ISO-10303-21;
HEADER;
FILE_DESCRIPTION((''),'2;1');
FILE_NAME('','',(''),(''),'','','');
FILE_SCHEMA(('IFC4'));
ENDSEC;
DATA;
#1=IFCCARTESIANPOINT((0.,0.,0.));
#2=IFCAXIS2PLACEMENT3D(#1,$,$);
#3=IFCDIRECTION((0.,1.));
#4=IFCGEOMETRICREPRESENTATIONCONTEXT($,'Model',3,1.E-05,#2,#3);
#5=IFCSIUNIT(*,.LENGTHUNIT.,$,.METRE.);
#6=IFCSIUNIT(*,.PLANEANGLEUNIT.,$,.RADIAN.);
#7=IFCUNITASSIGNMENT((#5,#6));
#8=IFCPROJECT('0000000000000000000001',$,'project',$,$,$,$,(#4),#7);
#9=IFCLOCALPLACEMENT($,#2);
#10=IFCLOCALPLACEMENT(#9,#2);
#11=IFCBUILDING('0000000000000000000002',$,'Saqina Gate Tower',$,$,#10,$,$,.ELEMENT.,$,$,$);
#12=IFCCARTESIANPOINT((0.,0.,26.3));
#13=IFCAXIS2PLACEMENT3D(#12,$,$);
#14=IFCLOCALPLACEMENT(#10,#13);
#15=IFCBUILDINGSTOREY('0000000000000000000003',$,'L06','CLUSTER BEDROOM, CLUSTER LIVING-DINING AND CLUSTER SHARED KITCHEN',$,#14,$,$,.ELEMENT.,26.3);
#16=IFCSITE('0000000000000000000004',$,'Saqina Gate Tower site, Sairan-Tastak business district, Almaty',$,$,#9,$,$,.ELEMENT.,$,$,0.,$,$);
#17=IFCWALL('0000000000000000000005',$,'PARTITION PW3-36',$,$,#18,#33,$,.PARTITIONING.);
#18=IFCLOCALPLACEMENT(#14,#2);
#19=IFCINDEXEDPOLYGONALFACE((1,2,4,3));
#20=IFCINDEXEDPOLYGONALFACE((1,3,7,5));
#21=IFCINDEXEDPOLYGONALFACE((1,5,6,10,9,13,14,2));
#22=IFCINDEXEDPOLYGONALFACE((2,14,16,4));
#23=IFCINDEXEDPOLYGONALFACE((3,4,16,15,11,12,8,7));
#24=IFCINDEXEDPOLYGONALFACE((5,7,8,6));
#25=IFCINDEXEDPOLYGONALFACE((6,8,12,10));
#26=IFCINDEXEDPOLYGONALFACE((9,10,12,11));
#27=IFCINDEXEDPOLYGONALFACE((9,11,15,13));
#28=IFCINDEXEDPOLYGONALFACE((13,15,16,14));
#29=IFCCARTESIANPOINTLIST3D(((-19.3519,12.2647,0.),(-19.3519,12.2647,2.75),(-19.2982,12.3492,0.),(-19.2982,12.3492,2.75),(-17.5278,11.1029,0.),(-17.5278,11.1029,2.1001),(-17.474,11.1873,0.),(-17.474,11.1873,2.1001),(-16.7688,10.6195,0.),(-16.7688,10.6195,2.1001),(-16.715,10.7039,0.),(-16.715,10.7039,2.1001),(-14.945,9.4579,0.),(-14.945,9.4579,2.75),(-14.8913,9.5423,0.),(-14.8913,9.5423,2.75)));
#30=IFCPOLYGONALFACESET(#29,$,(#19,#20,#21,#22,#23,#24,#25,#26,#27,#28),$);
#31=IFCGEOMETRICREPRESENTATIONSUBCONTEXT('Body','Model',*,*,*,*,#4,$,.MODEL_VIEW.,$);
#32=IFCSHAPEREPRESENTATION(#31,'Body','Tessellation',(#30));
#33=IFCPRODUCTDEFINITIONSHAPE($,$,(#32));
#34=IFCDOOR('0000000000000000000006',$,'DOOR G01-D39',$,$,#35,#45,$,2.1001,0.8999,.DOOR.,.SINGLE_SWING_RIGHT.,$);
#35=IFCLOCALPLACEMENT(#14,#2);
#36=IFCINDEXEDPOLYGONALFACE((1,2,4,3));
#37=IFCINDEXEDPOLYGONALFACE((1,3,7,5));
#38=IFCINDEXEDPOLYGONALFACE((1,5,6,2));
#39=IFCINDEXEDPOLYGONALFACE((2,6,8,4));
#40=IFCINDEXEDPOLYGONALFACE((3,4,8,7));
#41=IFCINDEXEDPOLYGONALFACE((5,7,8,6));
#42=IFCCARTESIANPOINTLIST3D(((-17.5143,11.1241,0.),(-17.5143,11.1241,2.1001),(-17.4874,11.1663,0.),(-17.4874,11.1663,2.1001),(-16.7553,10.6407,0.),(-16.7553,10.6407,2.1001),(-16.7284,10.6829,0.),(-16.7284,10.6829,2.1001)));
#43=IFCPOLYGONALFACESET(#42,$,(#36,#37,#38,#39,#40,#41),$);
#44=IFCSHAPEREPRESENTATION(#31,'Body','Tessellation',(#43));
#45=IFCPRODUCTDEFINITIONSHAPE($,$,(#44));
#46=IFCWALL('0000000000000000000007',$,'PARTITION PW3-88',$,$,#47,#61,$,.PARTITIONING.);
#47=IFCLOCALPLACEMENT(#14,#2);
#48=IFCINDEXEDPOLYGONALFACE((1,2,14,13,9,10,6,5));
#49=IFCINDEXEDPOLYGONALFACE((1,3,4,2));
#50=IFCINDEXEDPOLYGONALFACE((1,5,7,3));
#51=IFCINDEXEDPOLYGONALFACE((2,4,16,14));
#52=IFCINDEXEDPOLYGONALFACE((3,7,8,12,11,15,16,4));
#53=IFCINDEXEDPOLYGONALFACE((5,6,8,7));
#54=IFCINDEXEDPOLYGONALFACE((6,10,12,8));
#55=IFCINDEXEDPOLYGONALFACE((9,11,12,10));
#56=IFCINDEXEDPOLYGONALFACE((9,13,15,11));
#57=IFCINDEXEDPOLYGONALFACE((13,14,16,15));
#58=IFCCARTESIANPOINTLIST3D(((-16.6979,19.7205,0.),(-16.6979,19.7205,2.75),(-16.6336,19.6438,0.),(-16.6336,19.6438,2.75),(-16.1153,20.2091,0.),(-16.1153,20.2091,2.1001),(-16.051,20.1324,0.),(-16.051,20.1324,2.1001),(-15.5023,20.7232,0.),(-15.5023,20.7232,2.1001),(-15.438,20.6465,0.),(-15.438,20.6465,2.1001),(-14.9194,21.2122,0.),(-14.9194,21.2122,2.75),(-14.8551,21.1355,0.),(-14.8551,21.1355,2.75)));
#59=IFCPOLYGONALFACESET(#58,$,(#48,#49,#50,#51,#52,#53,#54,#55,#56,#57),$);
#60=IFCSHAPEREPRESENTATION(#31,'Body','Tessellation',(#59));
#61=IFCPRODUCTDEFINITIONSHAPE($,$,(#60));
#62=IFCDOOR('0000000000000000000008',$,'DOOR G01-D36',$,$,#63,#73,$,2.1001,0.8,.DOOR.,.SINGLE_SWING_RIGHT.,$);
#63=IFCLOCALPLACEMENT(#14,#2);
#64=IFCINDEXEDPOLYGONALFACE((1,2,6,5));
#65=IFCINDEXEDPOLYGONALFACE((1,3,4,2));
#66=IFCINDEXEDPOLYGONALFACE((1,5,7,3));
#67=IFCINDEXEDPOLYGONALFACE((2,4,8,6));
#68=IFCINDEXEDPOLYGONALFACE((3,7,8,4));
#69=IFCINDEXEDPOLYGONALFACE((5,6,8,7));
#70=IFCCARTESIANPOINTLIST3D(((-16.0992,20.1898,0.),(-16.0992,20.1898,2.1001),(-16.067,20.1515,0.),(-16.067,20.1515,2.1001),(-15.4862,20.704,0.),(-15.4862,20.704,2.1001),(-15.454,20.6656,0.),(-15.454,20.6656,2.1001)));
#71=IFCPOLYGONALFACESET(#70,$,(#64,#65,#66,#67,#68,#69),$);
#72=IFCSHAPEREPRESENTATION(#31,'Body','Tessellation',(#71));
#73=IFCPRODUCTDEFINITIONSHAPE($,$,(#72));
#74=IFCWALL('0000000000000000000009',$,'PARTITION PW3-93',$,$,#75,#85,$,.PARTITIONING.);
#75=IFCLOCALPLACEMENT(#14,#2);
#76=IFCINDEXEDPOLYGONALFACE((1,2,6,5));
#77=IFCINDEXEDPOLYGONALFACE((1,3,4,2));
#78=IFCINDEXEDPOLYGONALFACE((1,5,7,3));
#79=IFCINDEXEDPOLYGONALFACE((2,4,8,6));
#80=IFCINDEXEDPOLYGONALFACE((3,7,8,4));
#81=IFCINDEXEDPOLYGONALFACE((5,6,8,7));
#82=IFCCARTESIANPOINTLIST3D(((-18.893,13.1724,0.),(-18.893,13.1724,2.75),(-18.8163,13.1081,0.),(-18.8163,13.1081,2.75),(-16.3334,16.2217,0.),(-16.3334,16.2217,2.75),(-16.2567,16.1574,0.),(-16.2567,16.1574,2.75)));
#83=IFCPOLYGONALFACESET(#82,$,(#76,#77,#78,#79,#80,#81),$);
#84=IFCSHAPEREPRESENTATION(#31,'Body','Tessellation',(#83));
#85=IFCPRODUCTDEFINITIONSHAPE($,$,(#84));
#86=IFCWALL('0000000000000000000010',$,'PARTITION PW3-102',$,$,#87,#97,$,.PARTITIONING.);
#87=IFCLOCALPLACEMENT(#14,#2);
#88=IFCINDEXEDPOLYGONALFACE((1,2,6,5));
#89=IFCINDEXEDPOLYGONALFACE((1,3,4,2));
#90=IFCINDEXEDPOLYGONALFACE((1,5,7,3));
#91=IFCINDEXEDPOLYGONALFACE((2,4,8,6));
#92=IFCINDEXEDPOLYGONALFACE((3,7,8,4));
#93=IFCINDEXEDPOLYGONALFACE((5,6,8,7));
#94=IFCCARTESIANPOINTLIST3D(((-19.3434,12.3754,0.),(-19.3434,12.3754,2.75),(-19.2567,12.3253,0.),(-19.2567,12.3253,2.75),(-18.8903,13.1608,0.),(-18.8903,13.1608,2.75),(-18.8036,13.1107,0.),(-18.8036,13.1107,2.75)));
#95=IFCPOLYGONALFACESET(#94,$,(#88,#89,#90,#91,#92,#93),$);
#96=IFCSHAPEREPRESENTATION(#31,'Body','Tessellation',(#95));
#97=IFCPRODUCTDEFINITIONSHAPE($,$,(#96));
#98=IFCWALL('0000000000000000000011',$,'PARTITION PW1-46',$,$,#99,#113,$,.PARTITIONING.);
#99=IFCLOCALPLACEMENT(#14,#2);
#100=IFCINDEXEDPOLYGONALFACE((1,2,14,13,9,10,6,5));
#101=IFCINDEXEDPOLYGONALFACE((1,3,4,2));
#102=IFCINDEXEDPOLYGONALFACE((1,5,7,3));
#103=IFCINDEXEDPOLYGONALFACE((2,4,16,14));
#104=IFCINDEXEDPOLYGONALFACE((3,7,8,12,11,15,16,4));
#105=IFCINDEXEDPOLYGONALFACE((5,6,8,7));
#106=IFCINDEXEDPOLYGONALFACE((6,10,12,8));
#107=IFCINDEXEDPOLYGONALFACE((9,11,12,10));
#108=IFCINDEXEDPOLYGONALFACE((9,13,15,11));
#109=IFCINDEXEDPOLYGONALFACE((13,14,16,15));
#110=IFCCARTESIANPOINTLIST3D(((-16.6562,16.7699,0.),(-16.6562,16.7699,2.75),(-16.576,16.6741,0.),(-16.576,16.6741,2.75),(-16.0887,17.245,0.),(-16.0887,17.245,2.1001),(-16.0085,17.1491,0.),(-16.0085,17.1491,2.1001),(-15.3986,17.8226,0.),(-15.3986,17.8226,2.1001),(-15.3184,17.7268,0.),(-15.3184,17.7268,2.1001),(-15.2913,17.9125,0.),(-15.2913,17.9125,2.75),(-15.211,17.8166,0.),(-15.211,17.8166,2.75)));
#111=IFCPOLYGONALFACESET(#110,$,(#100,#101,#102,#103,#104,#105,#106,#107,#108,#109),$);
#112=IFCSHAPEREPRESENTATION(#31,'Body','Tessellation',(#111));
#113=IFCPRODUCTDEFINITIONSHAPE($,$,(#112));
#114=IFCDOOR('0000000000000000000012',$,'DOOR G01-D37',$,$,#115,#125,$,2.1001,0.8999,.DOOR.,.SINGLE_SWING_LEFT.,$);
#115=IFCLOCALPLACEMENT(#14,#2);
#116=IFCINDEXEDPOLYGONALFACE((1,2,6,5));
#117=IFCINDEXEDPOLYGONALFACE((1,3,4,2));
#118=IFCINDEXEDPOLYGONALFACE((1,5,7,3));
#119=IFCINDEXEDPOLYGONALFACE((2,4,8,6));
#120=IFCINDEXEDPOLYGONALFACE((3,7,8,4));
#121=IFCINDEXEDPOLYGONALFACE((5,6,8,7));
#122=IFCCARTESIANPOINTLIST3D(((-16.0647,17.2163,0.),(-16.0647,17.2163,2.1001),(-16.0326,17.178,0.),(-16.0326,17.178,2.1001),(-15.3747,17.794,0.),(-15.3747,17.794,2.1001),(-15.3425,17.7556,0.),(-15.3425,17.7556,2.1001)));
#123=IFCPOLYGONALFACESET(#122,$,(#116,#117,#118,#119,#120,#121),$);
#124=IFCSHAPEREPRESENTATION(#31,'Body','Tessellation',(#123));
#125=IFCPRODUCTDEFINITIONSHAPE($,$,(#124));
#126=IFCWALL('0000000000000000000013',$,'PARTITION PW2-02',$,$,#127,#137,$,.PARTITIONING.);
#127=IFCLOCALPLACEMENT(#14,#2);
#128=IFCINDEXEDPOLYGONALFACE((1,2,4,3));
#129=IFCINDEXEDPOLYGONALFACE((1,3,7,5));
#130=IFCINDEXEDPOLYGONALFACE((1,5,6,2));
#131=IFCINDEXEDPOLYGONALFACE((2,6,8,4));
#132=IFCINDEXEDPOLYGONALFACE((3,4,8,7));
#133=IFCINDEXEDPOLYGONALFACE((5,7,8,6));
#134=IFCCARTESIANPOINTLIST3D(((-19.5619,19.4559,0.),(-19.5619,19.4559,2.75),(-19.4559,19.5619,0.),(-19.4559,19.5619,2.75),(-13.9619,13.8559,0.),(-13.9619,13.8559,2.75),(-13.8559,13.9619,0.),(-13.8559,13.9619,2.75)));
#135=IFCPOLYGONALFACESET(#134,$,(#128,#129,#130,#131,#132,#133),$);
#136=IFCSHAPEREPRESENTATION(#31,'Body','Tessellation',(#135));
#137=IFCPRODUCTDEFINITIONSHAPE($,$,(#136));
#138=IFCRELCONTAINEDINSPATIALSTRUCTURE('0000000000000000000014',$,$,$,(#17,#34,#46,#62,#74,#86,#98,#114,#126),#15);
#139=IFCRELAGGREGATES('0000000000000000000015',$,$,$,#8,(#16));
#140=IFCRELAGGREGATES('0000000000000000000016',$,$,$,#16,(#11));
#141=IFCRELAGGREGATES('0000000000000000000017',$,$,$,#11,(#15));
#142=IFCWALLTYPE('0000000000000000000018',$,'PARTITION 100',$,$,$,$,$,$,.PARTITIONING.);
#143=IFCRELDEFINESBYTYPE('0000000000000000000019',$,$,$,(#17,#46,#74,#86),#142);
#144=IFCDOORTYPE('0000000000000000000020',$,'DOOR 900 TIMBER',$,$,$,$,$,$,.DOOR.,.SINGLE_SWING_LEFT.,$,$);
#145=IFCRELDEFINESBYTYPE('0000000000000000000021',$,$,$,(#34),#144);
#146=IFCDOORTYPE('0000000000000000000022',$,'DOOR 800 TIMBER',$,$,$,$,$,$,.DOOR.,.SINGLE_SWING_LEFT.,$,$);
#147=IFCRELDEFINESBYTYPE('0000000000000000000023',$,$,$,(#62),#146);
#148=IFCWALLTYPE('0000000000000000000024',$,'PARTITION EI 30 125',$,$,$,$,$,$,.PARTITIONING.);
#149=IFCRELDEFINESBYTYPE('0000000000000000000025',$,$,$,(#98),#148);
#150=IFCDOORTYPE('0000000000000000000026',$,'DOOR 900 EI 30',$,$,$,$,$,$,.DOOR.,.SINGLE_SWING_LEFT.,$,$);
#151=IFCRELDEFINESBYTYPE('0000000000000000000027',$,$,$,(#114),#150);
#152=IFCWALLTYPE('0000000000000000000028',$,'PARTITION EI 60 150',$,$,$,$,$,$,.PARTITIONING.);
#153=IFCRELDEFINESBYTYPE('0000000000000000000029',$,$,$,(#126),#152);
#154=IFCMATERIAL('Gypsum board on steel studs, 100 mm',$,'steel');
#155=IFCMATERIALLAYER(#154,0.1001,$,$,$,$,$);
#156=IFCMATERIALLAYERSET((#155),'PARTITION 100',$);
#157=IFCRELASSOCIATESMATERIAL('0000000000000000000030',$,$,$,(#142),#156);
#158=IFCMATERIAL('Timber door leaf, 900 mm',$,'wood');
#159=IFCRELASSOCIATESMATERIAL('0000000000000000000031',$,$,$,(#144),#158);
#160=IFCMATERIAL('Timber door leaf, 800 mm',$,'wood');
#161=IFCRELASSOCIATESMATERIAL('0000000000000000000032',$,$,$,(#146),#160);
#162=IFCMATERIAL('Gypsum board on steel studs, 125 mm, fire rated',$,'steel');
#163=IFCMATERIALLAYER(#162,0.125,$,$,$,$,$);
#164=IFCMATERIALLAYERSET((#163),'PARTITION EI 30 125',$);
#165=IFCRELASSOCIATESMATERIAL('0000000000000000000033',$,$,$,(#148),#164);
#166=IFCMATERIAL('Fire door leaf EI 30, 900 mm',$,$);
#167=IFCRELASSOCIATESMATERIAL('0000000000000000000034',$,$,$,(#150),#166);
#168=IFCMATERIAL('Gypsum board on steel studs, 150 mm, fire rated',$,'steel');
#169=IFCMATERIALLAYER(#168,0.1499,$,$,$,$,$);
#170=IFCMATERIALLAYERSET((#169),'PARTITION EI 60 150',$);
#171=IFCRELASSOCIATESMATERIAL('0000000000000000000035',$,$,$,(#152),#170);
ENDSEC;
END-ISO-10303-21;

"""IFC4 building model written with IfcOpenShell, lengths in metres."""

from ifc_helpers import new_model, si_unit, direction, frame, frame_2d, origin, place, context, subcontext, project, spatial, rectangle, extrude, material, layer, layer_set, type_object, element, fill, save


model = new_model("IFC4")

# Units and contexts
model_context = context("Model", 3, precision=1e-05, world=origin(), true_north=direction((0.0, 1.0)))
body_context = subcontext(model_context, "Body", "Model", "MODEL_VIEW")
ifc_project = project(units=[si_unit("LENGTHUNIT", "METRE"), si_unit("PLANEANGLEUNIT", "RADIAN")], contexts=[model_context])

# Site, building, storey
site_placement = place(None, origin())
site = spatial("IfcSite", under=ifc_project, at=site_placement, Name="Saqina Gate Tower site, Sairan-Tastak business district, Almaty", CompositionType="ELEMENT", RefElevation=0.0)
building_placement = place(site_placement, origin())
building = spatial("IfcBuilding", under=site, at=building_placement, Name="Saqina Gate Tower", CompositionType="ELEMENT")
storey_placement = place(building_placement, frame((0.0, 0.0, 26.3)))
storey = spatial("IfcBuildingStorey", under=building, at=storey_placement, Name="L06", Description="CLUSTER BEDROOM, CLUSTER LIVING-DINING AND CLUSTER SHARED KITCHEN", CompositionType="ELEMENT", Elevation=26.3)

# Shared definitions
ifc_material_1 = material(Name="Gypsum board on steel studs, 100 mm", Category="steel")
ifc_layer_1 = layer(ifc_material_1, 0.1001)
ifc_layer_set_1 = layer_set([ifc_layer_1], Name="PARTITION 100")
wall_type_1 = type_object("IfcWallType", Name="PARTITION 100", PredefinedType="PARTITIONING", material=ifc_layer_set_1)

# Walls, openings, doors
wall_1_placement = place(storey_placement, frame((-19.325, 12.3069, 0.0), z_axis=(0.0, 0.0, 1.0), x_axis=(0.84345, -0.537208, 0.0)))
wall_1 = element("IfcWall", 1, at=wall_1_placement, inside=storey, type_object=wall_type_1, Name="PARTITION PW3-36", PredefinedType="PARTITIONING", context=body_context, shape_type="SweptSolid", body=[
    extrude(rectangle(XDim=5.2249, YDim=0.1001, at=frame_2d((2.6123, 0.0))), origin(), (0.0, 0.0, 1.0), 2.75),
])
opening_1_placement = place(wall_1_placement, frame((2.1626, 0.0, 0.0)))
opening_1 = element("IfcOpeningElement", 2, at=opening_1_placement, cuts=wall_1, PredefinedType="OPENING", context=body_context, shape_type="SweptSolid", body=[
    extrude(rectangle(XDim=0.8999, YDim=2.1001, at=frame_2d((0.45, 1.05))), frame((0.0, 0.062, 0.0), z_axis=(0.0, -1.0, 0.0), x_axis=(1.0, 0.0, 0.0)), (0.0, 0.0, 1.0), 0.124),
])
ifc_material_2 = material(Name="Timber door leaf, 900 mm", Category="wood")
door_type_1 = type_object("IfcDoorType", Name="DOOR 900 TIMBER", OperationType="SINGLE_SWING_LEFT", PredefinedType="DOOR", material=ifc_material_2)
door_1_placement = place(opening_1_placement, frame((0.8999, 0.0, 0.0), z_axis=(0.0, 0.0, 1.0), x_axis=(-1.0, 0.0, 0.0)))
door_1 = element("IfcDoor", 3, at=door_1_placement, inside=storey, type_object=door_type_1, Name="DOOR G01-D39", OperationType="SINGLE_SWING_RIGHT", OverallHeight=2.1001, OverallWidth=0.8999, PredefinedType="DOOR", context=body_context, shape_type="SweptSolid", body=[
    extrude(rectangle(XDim=0.8999, YDim=2.1001, at=frame_2d((0.45, 1.05))), frame((0.0, 0.0249, 0.0), z_axis=(0.0, -1.0, 0.0), x_axis=(1.0, 0.0, 0.0)), (0.0, 0.0, 1.0), 0.05),
])
fill(opening_1, door_1)
wall_2_placement = place(storey_placement, frame((-16.6658, 19.6821, 0.0), z_axis=(0.0, 0.0, 1.0), x_axis=(0.766192, 0.642612, 0.0)))
wall_2 = element("IfcWall", 4, at=wall_2_placement, inside=storey, type_object=wall_type_1, Name="PARTITION PW3-88", PredefinedType="PARTITIONING", context=body_context, shape_type="SweptSolid", body=[
    extrude(rectangle(XDim=2.3213, YDim=0.1001, at=frame_2d((1.1606, 0.0))), origin(), (0.0, 0.0, 1.0), 2.75),
])
opening_2_placement = place(wall_2_placement, frame((0.7605, 0.0, 0.0)))
opening_2 = element("IfcOpeningElement", 5, at=opening_2_placement, cuts=wall_2, PredefinedType="OPENING", context=body_context, shape_type="SweptSolid", body=[
    extrude(rectangle(XDim=0.8, YDim=2.1001, at=frame_2d((0.3999, 1.05))), frame((0.0, 0.062, 0.0), z_axis=(0.0, -1.0, 0.0), x_axis=(1.0, 0.0, 0.0)), (0.0, 0.0, 1.0), 0.124),
])
ifc_material_3 = material(Name="Timber door leaf, 800 mm", Category="wood")
door_type_2 = type_object("IfcDoorType", Name="DOOR 800 TIMBER", OperationType="SINGLE_SWING_LEFT", PredefinedType="DOOR", material=ifc_material_3)
door_2_placement = place(opening_2_placement, origin())
door_2 = element("IfcDoor", 6, at=door_2_placement, inside=storey, type_object=door_type_2, Name="DOOR G01-D36", OperationType="SINGLE_SWING_RIGHT", OverallHeight=2.1001, OverallWidth=0.8, PredefinedType="DOOR", context=body_context, shape_type="SweptSolid", body=[
    extrude(rectangle(XDim=0.8, YDim=2.1001, at=frame_2d((0.3999, 1.05))), frame((0.0, 0.0249, 0.0), z_axis=(0.0, -1.0, 0.0), x_axis=(1.0, 0.0, 0.0)), (0.0, 0.0, 1.0), 0.05),
])
fill(opening_2, door_2)

# Walls
wall_3_placement = place(storey_placement, frame((-18.8547, 13.1401, 0.0), z_axis=(0.0, 0.0, 1.0), x_axis=(0.642919, 0.765934, 0.0)))
element("IfcWall", 7, at=wall_3_placement, inside=storey, type_object=wall_type_1, Name="PARTITION PW3-93", PredefinedType="PARTITIONING", context=body_context, shape_type="SweptSolid", body=[
    extrude(rectangle(XDim=3.9812, YDim=0.1001, at=frame_2d((1.9907, 0.0))), origin(), (0.0, 0.0, 1.0), 2.75),
])
wall_4_placement = place(storey_placement, frame((-19.3, 12.3503, 0.0), z_axis=(0.0, 0.0, 1.0), x_axis=(0.49973, 0.866181, 0.0)))
element("IfcWall", 8, at=wall_4_placement, inside=storey, type_object=wall_type_1, Name="PARTITION PW3-102", PredefinedType="PARTITIONING", context=body_context, shape_type="SweptSolid", body=[
    extrude(rectangle(XDim=0.9067, YDim=0.1001, at=frame_2d((0.4534, 0.0))), origin(), (0.0, 0.0, 1.0), 2.75),
])

# Wall, opening, door
ifc_material_4 = material(Name="Gypsum board on steel studs, 125 mm, fire rated", Category="steel")
ifc_layer_2 = layer(ifc_material_4, 0.125)
ifc_layer_set_2 = layer_set([ifc_layer_2], Name="PARTITION EI 30 125")
wall_type_2 = type_object("IfcWallType", Name="PARTITION EI 30 125", PredefinedType="PARTITIONING", material=ifc_layer_set_2)
wall_5_placement = place(storey_placement, frame((-16.6162, 16.7219, 0.0), z_axis=(0.0, 0.0, 1.0), x_axis=(0.766814, 0.641869, 0.0)))
wall_5 = element("IfcWall", 9, at=wall_5_placement, inside=storey, type_object=wall_type_2, Name="PARTITION PW1-46", PredefinedType="PARTITIONING", context=body_context, shape_type="SweptSolid", body=[
    extrude(rectangle(XDim=1.78, YDim=0.125, at=frame_2d((0.8901, 0.0))), origin(), (0.0, 0.0, 1.0), 2.75),
])
opening_3_placement = place(wall_5_placement, frame((0.7402, 0.0, 0.0)))
opening_3 = element("IfcOpeningElement", 10, at=opening_3_placement, cuts=wall_5, PredefinedType="OPENING", context=body_context, shape_type="SweptSolid", body=[
    extrude(rectangle(XDim=0.8999, YDim=2.1001, at=frame_2d((0.45, 1.05))), frame((0.0, 0.0745, 0.0), z_axis=(0.0, -1.0, 0.0), x_axis=(1.0, 0.0, 0.0)), (0.0, 0.0, 1.0), 0.1489),
])
ifc_material_5 = material(Name="Fire door leaf EI 30, 900 mm")
door_type_3 = type_object("IfcDoorType", Name="DOOR 900 EI 30", OperationType="SINGLE_SWING_LEFT", PredefinedType="DOOR", material=ifc_material_5)
door_3_placement = place(opening_3_placement, frame((0.8999, 0.0, 0.0), z_axis=(0.0, 0.0, 1.0), x_axis=(-1.0, 0.0, 0.0)))
door_3 = element("IfcDoor", 11, at=door_3_placement, inside=storey, type_object=door_type_3, Name="DOOR G01-D37", OperationType="SINGLE_SWING_LEFT", OverallHeight=2.1001, OverallWidth=0.8999, PredefinedType="DOOR", context=body_context, shape_type="SweptSolid", body=[
    extrude(rectangle(XDim=0.8999, YDim=2.1001, at=frame_2d((0.45, 1.05))), frame((0.0, 0.0249, 0.0), z_axis=(0.0, -1.0, 0.0), x_axis=(1.0, 0.0, 0.0)), (0.0, 0.0, 1.0), 0.05),
])
fill(opening_3, door_3)

# Wall
ifc_material_6 = material(Name="Gypsum board on steel studs, 150 mm, fire rated", Category="steel")
ifc_layer_3 = layer(ifc_material_6, 0.1499)
ifc_layer_set_3 = layer_set([ifc_layer_3], Name="PARTITION EI 60 150")
wall_type_3 = type_object("IfcWallType", Name="PARTITION EI 60 150", PredefinedType="PARTITIONING", material=ifc_layer_set_3)
wall_6_placement = place(storey_placement, frame((-19.509, 19.509, 0.0), z_axis=(0.0, 0.0, 1.0), x_axis=(0.707107, -0.707107, 0.0)))
element("IfcWall", 12, at=wall_6_placement, inside=storey, type_object=wall_type_3, Name="PARTITION PW2-02", PredefinedType="PARTITIONING", context=body_context, shape_type="SweptSolid", body=[
    extrude(rectangle(XDim=7.9197, YDim=0.1499, at=frame_2d((3.96, 0.0))), origin(), (0.0, 0.0, 1.0), 2.75),
])

save(model, "model.ifc")
